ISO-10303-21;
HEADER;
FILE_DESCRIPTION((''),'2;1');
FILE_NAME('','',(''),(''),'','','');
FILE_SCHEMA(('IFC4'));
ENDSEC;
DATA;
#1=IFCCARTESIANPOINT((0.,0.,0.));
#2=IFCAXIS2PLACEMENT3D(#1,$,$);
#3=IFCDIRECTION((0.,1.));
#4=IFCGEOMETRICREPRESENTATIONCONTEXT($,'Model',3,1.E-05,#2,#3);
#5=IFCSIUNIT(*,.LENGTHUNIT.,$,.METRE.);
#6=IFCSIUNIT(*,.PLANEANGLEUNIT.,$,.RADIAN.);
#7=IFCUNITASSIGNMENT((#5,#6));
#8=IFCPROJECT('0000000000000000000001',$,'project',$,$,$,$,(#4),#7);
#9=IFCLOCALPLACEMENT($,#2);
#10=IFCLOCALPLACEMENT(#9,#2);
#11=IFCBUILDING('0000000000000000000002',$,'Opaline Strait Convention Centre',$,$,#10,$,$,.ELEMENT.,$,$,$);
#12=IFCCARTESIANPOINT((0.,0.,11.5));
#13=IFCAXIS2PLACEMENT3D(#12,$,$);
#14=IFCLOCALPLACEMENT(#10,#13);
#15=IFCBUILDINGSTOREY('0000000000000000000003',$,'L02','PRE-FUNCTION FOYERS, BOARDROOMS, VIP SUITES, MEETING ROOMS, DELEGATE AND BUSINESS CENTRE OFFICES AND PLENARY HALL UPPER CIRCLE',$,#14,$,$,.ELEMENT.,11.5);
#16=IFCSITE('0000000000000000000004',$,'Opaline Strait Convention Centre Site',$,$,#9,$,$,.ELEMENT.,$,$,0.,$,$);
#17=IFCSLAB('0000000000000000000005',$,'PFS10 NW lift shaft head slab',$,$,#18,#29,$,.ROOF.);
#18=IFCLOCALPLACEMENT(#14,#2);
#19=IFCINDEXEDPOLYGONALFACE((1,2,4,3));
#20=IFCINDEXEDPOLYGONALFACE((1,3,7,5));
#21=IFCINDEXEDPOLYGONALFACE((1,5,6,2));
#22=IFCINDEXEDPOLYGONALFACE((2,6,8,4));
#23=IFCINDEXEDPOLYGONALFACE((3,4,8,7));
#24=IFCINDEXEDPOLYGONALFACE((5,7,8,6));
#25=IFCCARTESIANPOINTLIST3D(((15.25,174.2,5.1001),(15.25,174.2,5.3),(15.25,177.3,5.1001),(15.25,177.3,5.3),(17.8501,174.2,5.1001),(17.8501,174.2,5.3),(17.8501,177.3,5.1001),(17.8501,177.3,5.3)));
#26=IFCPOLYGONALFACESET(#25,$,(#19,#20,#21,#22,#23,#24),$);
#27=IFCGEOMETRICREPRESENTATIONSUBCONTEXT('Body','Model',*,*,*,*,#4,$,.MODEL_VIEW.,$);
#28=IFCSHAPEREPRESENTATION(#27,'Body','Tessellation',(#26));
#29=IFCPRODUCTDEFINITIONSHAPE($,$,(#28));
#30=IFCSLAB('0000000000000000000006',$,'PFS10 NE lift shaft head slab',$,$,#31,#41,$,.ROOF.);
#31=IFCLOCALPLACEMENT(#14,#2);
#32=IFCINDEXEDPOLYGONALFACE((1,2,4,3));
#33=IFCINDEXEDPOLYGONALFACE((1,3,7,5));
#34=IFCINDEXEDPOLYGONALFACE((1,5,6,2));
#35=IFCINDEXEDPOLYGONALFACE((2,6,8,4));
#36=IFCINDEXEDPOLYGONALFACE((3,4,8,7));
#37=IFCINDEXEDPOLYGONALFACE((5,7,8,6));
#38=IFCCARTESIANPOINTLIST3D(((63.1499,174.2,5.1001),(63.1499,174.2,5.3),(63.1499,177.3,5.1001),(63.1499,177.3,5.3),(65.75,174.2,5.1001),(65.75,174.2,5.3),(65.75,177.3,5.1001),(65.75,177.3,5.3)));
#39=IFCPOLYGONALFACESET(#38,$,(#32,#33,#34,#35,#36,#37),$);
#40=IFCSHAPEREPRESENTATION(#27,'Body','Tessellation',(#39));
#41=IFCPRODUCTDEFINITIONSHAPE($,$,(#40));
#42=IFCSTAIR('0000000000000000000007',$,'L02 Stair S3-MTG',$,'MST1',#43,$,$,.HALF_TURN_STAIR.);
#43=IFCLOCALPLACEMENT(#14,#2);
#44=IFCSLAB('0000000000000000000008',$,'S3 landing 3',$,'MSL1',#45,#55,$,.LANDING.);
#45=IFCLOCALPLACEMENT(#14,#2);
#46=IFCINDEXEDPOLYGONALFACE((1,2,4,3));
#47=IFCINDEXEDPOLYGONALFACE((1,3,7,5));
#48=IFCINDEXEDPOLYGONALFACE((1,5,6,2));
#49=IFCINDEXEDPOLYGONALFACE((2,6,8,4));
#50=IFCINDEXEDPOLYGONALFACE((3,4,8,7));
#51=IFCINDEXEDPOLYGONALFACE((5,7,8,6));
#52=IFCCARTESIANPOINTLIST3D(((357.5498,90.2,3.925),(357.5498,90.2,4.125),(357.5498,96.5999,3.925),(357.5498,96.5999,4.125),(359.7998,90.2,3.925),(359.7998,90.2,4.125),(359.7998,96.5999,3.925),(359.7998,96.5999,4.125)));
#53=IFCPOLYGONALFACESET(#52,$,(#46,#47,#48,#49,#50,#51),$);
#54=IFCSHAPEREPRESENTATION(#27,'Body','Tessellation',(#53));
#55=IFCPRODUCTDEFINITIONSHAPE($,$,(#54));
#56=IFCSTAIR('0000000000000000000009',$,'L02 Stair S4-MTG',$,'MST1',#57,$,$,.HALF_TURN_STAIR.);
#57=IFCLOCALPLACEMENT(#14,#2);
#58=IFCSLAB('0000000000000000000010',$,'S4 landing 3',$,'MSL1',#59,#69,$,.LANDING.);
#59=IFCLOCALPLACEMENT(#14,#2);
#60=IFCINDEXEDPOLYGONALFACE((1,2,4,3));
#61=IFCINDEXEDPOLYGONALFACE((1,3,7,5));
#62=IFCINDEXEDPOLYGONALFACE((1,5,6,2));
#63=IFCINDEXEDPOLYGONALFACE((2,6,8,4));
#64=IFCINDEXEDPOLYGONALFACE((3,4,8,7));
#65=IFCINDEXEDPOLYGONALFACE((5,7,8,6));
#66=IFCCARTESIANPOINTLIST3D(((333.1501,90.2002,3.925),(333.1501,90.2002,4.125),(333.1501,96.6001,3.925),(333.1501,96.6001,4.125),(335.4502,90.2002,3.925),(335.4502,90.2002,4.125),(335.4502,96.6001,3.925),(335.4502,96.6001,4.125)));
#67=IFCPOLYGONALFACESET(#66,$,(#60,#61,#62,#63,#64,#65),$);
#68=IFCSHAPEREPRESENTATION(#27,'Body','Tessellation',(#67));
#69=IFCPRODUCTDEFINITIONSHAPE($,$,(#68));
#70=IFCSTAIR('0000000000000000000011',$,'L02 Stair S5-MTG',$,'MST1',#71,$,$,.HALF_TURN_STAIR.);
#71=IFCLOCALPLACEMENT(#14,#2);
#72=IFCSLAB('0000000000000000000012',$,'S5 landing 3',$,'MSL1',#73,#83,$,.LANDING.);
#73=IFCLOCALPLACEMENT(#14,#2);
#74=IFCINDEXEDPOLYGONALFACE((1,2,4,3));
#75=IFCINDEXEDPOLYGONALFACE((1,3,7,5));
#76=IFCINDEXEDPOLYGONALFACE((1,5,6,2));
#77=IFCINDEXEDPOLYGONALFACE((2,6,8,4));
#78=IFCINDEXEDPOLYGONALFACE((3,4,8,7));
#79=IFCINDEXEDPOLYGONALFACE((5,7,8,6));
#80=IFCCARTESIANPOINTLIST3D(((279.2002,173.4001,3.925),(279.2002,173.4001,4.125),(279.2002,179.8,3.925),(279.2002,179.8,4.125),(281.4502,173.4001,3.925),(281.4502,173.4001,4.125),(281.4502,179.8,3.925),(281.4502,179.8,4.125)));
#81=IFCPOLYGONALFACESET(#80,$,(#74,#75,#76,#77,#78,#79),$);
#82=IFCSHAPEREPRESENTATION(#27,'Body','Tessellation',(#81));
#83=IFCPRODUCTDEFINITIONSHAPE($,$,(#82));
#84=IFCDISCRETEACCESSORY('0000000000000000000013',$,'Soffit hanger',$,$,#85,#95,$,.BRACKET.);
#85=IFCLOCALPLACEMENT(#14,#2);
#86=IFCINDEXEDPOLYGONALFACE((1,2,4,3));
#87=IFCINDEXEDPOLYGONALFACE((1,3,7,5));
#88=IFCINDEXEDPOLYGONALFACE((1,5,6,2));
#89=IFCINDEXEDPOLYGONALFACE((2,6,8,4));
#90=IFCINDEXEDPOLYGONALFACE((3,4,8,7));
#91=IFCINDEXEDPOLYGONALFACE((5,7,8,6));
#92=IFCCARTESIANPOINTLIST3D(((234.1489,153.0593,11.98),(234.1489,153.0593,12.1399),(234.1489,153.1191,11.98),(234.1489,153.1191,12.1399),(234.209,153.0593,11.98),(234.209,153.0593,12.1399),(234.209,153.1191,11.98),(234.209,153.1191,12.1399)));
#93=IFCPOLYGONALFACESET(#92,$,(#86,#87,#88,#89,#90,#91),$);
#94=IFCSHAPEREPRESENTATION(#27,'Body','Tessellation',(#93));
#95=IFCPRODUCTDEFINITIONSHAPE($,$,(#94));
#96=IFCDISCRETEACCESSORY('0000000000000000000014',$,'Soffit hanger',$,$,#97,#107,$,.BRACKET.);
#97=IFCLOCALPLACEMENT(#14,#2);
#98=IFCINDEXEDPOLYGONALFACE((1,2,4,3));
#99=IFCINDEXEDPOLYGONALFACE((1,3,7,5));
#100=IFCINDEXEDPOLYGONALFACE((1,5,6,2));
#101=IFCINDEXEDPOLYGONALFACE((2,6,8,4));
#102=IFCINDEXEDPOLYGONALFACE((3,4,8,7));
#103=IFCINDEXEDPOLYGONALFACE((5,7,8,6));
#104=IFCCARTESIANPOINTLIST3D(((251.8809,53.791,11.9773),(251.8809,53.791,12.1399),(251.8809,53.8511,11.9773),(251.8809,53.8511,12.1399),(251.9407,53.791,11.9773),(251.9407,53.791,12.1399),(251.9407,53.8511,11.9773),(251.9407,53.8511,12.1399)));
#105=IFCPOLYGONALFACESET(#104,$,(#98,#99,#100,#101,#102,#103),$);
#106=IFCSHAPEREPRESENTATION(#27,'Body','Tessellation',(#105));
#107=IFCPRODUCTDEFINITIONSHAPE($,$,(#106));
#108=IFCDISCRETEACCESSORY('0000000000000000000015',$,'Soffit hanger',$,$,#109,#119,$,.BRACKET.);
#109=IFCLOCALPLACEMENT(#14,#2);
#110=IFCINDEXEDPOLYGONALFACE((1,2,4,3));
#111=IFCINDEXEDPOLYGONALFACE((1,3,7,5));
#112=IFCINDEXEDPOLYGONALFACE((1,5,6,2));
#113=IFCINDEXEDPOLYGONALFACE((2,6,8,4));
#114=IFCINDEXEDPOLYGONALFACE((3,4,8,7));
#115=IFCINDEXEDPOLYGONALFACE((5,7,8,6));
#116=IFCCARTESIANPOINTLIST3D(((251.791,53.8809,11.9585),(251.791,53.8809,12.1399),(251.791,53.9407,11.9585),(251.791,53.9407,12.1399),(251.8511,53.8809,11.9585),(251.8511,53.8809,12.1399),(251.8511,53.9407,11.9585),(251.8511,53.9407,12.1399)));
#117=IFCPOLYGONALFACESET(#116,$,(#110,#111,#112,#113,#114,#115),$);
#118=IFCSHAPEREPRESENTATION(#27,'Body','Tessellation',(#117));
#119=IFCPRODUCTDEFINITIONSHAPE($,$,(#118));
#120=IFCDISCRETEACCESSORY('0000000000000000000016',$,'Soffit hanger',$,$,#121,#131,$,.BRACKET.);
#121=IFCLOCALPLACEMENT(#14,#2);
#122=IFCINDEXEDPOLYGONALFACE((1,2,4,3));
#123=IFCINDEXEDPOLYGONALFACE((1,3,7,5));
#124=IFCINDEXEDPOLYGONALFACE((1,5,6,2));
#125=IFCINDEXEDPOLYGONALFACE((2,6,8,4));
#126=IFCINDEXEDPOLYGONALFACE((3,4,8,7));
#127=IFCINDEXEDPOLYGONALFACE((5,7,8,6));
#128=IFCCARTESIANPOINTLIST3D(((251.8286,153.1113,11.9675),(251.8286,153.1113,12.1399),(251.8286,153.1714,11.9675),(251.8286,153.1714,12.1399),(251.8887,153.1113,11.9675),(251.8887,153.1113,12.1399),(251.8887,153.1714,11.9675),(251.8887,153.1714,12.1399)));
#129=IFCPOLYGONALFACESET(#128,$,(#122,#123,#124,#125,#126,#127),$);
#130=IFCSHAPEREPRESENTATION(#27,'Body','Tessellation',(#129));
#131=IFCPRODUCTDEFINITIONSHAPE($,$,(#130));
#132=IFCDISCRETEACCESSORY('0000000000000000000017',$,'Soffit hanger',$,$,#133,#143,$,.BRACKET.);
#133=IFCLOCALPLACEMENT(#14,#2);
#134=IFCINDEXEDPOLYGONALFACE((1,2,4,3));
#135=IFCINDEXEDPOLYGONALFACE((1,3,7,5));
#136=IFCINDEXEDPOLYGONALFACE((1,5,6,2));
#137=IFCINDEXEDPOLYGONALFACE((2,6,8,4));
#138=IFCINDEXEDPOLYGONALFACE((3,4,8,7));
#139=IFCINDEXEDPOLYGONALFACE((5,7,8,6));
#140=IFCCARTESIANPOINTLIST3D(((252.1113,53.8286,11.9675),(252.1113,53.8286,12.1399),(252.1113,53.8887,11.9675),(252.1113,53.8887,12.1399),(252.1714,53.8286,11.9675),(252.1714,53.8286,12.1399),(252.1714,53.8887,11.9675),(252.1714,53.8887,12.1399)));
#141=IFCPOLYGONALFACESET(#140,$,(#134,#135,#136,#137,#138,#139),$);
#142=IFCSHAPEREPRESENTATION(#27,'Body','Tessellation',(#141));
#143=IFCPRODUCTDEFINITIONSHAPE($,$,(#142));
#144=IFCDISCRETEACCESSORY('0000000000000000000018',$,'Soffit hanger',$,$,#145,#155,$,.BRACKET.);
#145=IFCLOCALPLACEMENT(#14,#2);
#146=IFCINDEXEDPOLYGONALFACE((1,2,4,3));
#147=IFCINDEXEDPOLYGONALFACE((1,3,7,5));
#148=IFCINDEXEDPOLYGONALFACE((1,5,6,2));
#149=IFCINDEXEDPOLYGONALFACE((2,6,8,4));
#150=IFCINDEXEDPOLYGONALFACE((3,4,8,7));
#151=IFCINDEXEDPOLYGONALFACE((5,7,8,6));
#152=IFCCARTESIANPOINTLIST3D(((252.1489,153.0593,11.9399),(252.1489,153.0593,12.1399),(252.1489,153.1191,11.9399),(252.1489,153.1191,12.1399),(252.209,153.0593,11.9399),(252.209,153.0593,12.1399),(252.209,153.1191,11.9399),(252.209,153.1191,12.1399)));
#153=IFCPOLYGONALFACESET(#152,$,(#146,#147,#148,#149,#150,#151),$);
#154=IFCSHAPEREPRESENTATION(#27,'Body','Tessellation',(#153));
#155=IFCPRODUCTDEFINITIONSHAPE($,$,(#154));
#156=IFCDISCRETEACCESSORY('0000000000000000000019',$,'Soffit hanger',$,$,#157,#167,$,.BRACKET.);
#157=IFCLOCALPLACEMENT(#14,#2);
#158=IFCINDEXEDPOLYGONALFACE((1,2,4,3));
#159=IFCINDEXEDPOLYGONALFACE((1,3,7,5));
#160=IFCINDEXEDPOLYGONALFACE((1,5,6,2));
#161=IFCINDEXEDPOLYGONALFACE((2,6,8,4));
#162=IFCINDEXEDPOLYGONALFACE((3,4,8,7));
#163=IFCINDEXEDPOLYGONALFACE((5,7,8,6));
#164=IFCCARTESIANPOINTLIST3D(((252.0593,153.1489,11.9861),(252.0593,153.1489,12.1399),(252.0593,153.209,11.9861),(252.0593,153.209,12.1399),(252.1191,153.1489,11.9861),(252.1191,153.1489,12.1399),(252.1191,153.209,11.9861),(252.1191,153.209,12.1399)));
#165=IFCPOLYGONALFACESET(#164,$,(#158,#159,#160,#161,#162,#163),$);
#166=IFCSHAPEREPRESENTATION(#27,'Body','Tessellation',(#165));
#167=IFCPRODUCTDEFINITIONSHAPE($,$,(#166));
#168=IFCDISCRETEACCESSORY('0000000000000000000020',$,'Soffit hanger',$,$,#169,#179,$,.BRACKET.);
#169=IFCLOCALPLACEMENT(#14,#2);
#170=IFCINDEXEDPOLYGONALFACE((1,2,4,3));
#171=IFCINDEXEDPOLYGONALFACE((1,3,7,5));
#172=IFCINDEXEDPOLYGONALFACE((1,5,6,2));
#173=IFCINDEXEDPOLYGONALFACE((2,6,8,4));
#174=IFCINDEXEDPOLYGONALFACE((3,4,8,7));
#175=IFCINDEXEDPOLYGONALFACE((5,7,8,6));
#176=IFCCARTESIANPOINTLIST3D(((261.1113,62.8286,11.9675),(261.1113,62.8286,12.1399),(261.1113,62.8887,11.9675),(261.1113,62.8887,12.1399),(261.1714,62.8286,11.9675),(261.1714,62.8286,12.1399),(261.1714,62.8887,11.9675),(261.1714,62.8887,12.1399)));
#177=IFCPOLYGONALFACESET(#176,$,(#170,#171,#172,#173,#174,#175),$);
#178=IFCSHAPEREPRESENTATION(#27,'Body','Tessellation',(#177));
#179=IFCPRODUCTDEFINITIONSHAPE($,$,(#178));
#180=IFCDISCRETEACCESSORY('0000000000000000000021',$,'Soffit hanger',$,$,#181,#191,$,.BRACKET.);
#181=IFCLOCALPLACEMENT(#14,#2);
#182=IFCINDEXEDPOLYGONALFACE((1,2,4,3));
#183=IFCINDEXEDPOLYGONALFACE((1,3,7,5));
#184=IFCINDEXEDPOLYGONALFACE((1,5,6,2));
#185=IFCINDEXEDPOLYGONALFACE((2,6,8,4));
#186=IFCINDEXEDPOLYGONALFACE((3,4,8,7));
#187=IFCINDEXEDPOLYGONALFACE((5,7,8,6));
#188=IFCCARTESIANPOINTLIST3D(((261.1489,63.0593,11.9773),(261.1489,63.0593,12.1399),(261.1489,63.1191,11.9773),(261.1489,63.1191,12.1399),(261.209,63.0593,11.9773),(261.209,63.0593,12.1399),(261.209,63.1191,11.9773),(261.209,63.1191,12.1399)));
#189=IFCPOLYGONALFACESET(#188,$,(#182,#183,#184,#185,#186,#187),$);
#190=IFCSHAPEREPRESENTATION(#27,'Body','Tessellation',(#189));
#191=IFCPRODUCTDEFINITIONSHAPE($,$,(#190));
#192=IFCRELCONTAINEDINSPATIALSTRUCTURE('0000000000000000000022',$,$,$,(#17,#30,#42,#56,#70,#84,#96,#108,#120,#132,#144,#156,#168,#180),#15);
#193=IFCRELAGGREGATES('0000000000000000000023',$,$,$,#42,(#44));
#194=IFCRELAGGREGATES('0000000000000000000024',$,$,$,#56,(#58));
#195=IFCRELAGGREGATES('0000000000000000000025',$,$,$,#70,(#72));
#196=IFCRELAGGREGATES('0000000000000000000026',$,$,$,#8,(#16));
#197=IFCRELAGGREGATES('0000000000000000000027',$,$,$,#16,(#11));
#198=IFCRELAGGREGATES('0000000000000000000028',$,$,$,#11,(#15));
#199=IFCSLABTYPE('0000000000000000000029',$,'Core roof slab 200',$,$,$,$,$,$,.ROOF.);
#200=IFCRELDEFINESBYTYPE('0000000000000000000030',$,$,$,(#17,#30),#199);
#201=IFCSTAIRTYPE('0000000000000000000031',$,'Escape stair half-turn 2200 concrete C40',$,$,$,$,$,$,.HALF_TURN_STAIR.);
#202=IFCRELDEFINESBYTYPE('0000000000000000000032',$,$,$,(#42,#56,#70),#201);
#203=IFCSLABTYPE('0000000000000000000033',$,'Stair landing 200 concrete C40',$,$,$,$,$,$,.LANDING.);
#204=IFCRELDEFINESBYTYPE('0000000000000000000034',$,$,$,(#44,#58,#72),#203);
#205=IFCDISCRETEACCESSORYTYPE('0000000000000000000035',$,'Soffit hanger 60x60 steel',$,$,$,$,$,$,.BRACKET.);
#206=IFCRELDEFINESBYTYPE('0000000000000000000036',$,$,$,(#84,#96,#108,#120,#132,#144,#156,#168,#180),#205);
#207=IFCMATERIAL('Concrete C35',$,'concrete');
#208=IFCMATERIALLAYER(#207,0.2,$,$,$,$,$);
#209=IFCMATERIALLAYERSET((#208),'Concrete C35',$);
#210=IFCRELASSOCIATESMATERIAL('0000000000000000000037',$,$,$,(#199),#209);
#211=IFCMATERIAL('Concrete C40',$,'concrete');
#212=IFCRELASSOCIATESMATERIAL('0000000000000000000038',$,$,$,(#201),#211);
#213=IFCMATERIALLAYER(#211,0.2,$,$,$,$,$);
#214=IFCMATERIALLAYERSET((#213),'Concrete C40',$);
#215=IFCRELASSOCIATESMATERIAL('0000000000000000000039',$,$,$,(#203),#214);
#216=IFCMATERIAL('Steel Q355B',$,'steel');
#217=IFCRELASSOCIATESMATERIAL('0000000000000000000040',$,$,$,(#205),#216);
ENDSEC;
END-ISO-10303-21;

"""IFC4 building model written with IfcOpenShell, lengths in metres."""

from ifc_helpers import new_model, si_unit, direction, frame, origin, place, context, subcontext, project, spatial, polyline, outline, extrude, material, layer, layer_set, type_object, element, aggregate, save


model = new_model("IFC4")

# Units and contexts
model_context = context("Model", 3, precision=1e-05, world=origin(), true_north=direction((0.0, 1.0)))
body_context = subcontext(model_context, "Body", "Model", "MODEL_VIEW")
ifc_project = project(units=[si_unit("LENGTHUNIT", "METRE"), si_unit("PLANEANGLEUNIT", "RADIAN")], contexts=[model_context])

# Site, building, storey
site_placement = place(None, origin())
site = spatial("IfcSite", under=ifc_project, at=site_placement, Name="Opaline Strait Convention Centre Site", CompositionType="ELEMENT", RefElevation=0.0)
building_placement = place(site_placement, origin())
building = spatial("IfcBuilding", under=site, at=building_placement, Name="Opaline Strait Convention Centre", CompositionType="ELEMENT")
storey_placement = place(building_placement, frame((0.0, 0.0, 11.5)))
storey = spatial("IfcBuildingStorey", under=building, at=storey_placement, Name="L02", Description="PRE-FUNCTION FOYERS, BOARDROOMS, VIP SUITES, MEETING ROOMS, DELEGATE AND BUSINESS CENTRE OFFICES AND PLENARY HALL UPPER CIRCLE", CompositionType="ELEMENT", Elevation=11.5)

# Slabs
ifc_material_1 = material(Name="Concrete C35", Category="concrete")
ifc_layer_1 = layer(ifc_material_1, 0.2)
ifc_layer_set_1 = layer_set([ifc_layer_1], Name="Concrete C35")
slab_type_1 = type_object("IfcSlabType", Name="Core roof slab 200", PredefinedType="ROOF", material=ifc_layer_set_1)
slab_1_placement = place(storey_placement, frame((0.0, 0.0, 5.1001)))
element("IfcSlab", 1, at=slab_1_placement, inside=storey, type_object=slab_type_1, Name="PFS10 NW lift shaft head slab", PredefinedType="ROOF", context=body_context, shape_type="SweptSolid", body=[
    extrude(outline(polyline([(15.25, 174.2), (17.8501, 174.2), (17.8501, 177.3), (15.25, 177.3), (15.25, 174.2)])), origin(), (0.0, 0.0, 1.0), 0.2),
])
slab_2_placement = place(storey_placement, frame((0.0, 0.0, 5.1001)))
element("IfcSlab", 2, at=slab_2_placement, inside=storey, type_object=slab_type_1, Name="PFS10 NE lift shaft head slab", PredefinedType="ROOF", context=body_context, shape_type="SweptSolid", body=[
    extrude(outline(polyline([(63.1499, 174.2), (65.75, 174.2), (65.75, 177.3), (63.1499, 177.3), (63.1499, 174.2)])), origin(), (0.0, 0.0, 1.0), 0.2),
])

# Stairs, slabs
ifc_material_2 = material(Name="Concrete C40", Category="concrete")
stair_type = type_object("IfcStairType", Name="Escape stair half-turn 2200 concrete C40", PredefinedType="HALF_TURN_STAIR", material=ifc_material_2)
stair_1_placement = place(storey_placement, origin())
stair_1 = element("IfcStair", 3, at=stair_1_placement, inside=storey, type_object=stair_type, Name="L02 Stair S3-MTG", ObjectType="MST1", PredefinedType="HALF_TURN_STAIR")
ifc_layer_2 = layer(ifc_material_2, 0.2)
ifc_layer_set_2 = layer_set([ifc_layer_2], Name="Concrete C40")
slab_type_2 = type_object("IfcSlabType", Name="Stair landing 200 concrete C40", PredefinedType="LANDING", material=ifc_layer_set_2)
slab_3_placement = place(storey_placement, frame((0.0, 0.0, 3.925)))
slab_3 = element("IfcSlab", 4, at=slab_3_placement, type_object=slab_type_2, Name="S3 landing 3", ObjectType="MSL1", PredefinedType="LANDING", context=body_context, shape_type="SweptSolid", body=[
    extrude(outline(polyline([(357.5498, 90.2), (359.7998, 90.2), (359.7998, 96.5999), (357.5498, 96.5999), (357.5498, 90.2)])), origin(), (0.0, 0.0, 1.0), 0.2),
])
aggregate(stair_1, [slab_3])
stair_2_placement = place(storey_placement, origin())
stair_2 = element("IfcStair", 5, at=stair_2_placement, inside=storey, type_object=stair_type, Name="L02 Stair S4-MTG", ObjectType="MST1", PredefinedType="HALF_TURN_STAIR")
slab_4_placement = place(storey_placement, frame((0.0, 0.0, 3.925)))
slab_4 = element("IfcSlab", 6, at=slab_4_placement, type_object=slab_type_2, Name="S4 landing 3", ObjectType="MSL1", PredefinedType="LANDING", context=body_context, shape_type="SweptSolid", body=[
    extrude(outline(polyline([(335.4502, 96.6001), (333.1501, 96.6001), (333.1501, 90.2002), (335.4502, 90.2002), (335.4502, 96.6001)])), origin(), (0.0, 0.0, 1.0), 0.2),
])
aggregate(stair_2, [slab_4])
stair_3_placement = place(storey_placement, origin())
stair_3 = element("IfcStair", 7, at=stair_3_placement, inside=storey, type_object=stair_type, Name="L02 Stair S5-MTG", ObjectType="MST1", PredefinedType="HALF_TURN_STAIR")
slab_5_placement = place(storey_placement, frame((0.0, 0.0, 3.925)))
slab_5 = element("IfcSlab", 8, at=slab_5_placement, type_object=slab_type_2, Name="S5 landing 3", ObjectType="MSL1", PredefinedType="LANDING", context=body_context, shape_type="SweptSolid", body=[
    extrude(outline(polyline([(281.4502, 179.8), (279.2002, 179.8), (279.2002, 173.4001), (281.4502, 173.4001), (281.4502, 179.8)])), origin(), (0.0, 0.0, 1.0), 0.2),
])
aggregate(stair_3, [slab_5])

# Discrete accessories
ifc_material_3 = material(Name="Steel Q355B", Category="steel")
discrete_accessory_type = type_object("IfcDiscreteAccessoryType", Name="Soffit hanger 60x60 steel", PredefinedType="BRACKET", material=ifc_material_3)
discrete_accessory_1_placement = place(storey_placement, frame((0.0, 0.0, 11.98)))
element("IfcDiscreteAccessory", 9, at=discrete_accessory_1_placement, inside=storey, type_object=discrete_accessory_type, Name="Soffit hanger", PredefinedType="BRACKET", context=body_context, shape_type="SweptSolid", body=[
    extrude(outline(polyline([(234.1489, 153.0593), (234.209, 153.0593), (234.209, 153.1191), (234.1489, 153.1191), (234.1489, 153.0593)])), origin(), (0.0, 0.0, 1.0), 0.1599),
])
discrete_accessory_2_placement = place(storey_placement, frame((0.0, 0.0, 11.9773)))
element("IfcDiscreteAccessory", 10, at=discrete_accessory_2_placement, inside=storey, type_object=discrete_accessory_type, Name="Soffit hanger", PredefinedType="BRACKET", context=body_context, shape_type="SweptSolid", body=[
    extrude(outline(polyline([(251.8809, 53.791), (251.9407, 53.791), (251.9407, 53.8511), (251.8809, 53.8511), (251.8809, 53.791)])), origin(), (0.0, 0.0, 1.0), 0.1626),
])
discrete_accessory_3_placement = place(storey_placement, frame((0.0, 0.0, 11.9585)))
element("IfcDiscreteAccessory", 11, at=discrete_accessory_3_placement, inside=storey, type_object=discrete_accessory_type, Name="Soffit hanger", PredefinedType="BRACKET", context=body_context, shape_type="SweptSolid", body=[
    extrude(outline(polyline([(251.791, 53.8809), (251.8511, 53.8809), (251.8511, 53.9407), (251.791, 53.9407), (251.791, 53.8809)])), origin(), (0.0, 0.0, 1.0), 0.1814),
])
discrete_accessory_4_placement = place(storey_placement, frame((0.0, 0.0, 11.9675)))
element("IfcDiscreteAccessory", 12, at=discrete_accessory_4_placement, inside=storey, type_object=discrete_accessory_type, Name="Soffit hanger", PredefinedType="BRACKET", context=body_context, shape_type="SweptSolid", body=[
    extrude(outline(polyline([(251.8286, 153.1113), (251.8887, 153.1113), (251.8887, 153.1714), (251.8286, 153.1714), (251.8286, 153.1113)])), origin(), (0.0, 0.0, 1.0), 0.1724),
])
discrete_accessory_5_placement = place(storey_placement, frame((0.0, 0.0, 11.9675)))
element("IfcDiscreteAccessory", 13, at=discrete_accessory_5_placement, inside=storey, type_object=discrete_accessory_type, Name="Soffit hanger", PredefinedType="BRACKET", context=body_context, shape_type="SweptSolid", body=[
    extrude(outline(polyline([(252.1113, 53.8286), (252.1714, 53.8286), (252.1714, 53.8887), (252.1113, 53.8887), (252.1113, 53.8286)])), origin(), (0.0, 0.0, 1.0), 0.1724),
])
discrete_accessory_6_placement = place(storey_placement, frame((0.0, 0.0, 11.9399)))
element("IfcDiscreteAccessory", 14, at=discrete_accessory_6_placement, inside=storey, type_object=discrete_accessory_type, Name="Soffit hanger", PredefinedType="BRACKET", context=body_context, shape_type="SweptSolid", body=[
    extrude(outline(polyline([(252.1489, 153.0593), (252.209, 153.0593), (252.209, 153.1191), (252.1489, 153.1191), (252.1489, 153.0593)])), origin(), (0.0, 0.0, 1.0), 0.2),
])
discrete_accessory_7_placement = place(storey_placement, frame((0.0, 0.0, 11.9861)))
element("IfcDiscreteAccessory", 15, at=discrete_accessory_7_placement, inside=storey, type_object=discrete_accessory_type, Name="Soffit hanger", PredefinedType="BRACKET", context=body_context, shape_type="SweptSolid", body=[
    extrude(outline(polyline([(252.0593, 153.1489), (252.1191, 153.1489), (252.1191, 153.209), (252.0593, 153.209), (252.0593, 153.1489)])), origin(), (0.0, 0.0, 1.0), 0.1538),
])
discrete_accessory_8_placement = place(storey_placement, frame((0.0, 0.0, 11.9675)))
element("IfcDiscreteAccessory", 16, at=discrete_accessory_8_placement, inside=storey, type_object=discrete_accessory_type, Name="Soffit hanger", PredefinedType="BRACKET", context=body_context, shape_type="SweptSolid", body=[
    extrude(outline(polyline([(261.1113, 62.8286), (261.1714, 62.8286), (261.1714, 62.8887), (261.1113, 62.8887), (261.1113, 62.8286)])), origin(), (0.0, 0.0, 1.0), 0.1724),
])
discrete_accessory_9_placement = place(storey_placement, frame((0.0, 0.0, 11.9773)))
element("IfcDiscreteAccessory", 17, at=discrete_accessory_9_placement, inside=storey, type_object=discrete_accessory_type, Name="Soffit hanger", PredefinedType="BRACKET", context=body_context, shape_type="SweptSolid", body=[
    extrude(outline(polyline([(261.1489, 63.0593), (261.209, 63.0593), (261.209, 63.1191), (261.1489, 63.1191), (261.1489, 63.0593)])), origin(), (0.0, 0.0, 1.0), 0.1626),
])

save(model, "model.ifc")
